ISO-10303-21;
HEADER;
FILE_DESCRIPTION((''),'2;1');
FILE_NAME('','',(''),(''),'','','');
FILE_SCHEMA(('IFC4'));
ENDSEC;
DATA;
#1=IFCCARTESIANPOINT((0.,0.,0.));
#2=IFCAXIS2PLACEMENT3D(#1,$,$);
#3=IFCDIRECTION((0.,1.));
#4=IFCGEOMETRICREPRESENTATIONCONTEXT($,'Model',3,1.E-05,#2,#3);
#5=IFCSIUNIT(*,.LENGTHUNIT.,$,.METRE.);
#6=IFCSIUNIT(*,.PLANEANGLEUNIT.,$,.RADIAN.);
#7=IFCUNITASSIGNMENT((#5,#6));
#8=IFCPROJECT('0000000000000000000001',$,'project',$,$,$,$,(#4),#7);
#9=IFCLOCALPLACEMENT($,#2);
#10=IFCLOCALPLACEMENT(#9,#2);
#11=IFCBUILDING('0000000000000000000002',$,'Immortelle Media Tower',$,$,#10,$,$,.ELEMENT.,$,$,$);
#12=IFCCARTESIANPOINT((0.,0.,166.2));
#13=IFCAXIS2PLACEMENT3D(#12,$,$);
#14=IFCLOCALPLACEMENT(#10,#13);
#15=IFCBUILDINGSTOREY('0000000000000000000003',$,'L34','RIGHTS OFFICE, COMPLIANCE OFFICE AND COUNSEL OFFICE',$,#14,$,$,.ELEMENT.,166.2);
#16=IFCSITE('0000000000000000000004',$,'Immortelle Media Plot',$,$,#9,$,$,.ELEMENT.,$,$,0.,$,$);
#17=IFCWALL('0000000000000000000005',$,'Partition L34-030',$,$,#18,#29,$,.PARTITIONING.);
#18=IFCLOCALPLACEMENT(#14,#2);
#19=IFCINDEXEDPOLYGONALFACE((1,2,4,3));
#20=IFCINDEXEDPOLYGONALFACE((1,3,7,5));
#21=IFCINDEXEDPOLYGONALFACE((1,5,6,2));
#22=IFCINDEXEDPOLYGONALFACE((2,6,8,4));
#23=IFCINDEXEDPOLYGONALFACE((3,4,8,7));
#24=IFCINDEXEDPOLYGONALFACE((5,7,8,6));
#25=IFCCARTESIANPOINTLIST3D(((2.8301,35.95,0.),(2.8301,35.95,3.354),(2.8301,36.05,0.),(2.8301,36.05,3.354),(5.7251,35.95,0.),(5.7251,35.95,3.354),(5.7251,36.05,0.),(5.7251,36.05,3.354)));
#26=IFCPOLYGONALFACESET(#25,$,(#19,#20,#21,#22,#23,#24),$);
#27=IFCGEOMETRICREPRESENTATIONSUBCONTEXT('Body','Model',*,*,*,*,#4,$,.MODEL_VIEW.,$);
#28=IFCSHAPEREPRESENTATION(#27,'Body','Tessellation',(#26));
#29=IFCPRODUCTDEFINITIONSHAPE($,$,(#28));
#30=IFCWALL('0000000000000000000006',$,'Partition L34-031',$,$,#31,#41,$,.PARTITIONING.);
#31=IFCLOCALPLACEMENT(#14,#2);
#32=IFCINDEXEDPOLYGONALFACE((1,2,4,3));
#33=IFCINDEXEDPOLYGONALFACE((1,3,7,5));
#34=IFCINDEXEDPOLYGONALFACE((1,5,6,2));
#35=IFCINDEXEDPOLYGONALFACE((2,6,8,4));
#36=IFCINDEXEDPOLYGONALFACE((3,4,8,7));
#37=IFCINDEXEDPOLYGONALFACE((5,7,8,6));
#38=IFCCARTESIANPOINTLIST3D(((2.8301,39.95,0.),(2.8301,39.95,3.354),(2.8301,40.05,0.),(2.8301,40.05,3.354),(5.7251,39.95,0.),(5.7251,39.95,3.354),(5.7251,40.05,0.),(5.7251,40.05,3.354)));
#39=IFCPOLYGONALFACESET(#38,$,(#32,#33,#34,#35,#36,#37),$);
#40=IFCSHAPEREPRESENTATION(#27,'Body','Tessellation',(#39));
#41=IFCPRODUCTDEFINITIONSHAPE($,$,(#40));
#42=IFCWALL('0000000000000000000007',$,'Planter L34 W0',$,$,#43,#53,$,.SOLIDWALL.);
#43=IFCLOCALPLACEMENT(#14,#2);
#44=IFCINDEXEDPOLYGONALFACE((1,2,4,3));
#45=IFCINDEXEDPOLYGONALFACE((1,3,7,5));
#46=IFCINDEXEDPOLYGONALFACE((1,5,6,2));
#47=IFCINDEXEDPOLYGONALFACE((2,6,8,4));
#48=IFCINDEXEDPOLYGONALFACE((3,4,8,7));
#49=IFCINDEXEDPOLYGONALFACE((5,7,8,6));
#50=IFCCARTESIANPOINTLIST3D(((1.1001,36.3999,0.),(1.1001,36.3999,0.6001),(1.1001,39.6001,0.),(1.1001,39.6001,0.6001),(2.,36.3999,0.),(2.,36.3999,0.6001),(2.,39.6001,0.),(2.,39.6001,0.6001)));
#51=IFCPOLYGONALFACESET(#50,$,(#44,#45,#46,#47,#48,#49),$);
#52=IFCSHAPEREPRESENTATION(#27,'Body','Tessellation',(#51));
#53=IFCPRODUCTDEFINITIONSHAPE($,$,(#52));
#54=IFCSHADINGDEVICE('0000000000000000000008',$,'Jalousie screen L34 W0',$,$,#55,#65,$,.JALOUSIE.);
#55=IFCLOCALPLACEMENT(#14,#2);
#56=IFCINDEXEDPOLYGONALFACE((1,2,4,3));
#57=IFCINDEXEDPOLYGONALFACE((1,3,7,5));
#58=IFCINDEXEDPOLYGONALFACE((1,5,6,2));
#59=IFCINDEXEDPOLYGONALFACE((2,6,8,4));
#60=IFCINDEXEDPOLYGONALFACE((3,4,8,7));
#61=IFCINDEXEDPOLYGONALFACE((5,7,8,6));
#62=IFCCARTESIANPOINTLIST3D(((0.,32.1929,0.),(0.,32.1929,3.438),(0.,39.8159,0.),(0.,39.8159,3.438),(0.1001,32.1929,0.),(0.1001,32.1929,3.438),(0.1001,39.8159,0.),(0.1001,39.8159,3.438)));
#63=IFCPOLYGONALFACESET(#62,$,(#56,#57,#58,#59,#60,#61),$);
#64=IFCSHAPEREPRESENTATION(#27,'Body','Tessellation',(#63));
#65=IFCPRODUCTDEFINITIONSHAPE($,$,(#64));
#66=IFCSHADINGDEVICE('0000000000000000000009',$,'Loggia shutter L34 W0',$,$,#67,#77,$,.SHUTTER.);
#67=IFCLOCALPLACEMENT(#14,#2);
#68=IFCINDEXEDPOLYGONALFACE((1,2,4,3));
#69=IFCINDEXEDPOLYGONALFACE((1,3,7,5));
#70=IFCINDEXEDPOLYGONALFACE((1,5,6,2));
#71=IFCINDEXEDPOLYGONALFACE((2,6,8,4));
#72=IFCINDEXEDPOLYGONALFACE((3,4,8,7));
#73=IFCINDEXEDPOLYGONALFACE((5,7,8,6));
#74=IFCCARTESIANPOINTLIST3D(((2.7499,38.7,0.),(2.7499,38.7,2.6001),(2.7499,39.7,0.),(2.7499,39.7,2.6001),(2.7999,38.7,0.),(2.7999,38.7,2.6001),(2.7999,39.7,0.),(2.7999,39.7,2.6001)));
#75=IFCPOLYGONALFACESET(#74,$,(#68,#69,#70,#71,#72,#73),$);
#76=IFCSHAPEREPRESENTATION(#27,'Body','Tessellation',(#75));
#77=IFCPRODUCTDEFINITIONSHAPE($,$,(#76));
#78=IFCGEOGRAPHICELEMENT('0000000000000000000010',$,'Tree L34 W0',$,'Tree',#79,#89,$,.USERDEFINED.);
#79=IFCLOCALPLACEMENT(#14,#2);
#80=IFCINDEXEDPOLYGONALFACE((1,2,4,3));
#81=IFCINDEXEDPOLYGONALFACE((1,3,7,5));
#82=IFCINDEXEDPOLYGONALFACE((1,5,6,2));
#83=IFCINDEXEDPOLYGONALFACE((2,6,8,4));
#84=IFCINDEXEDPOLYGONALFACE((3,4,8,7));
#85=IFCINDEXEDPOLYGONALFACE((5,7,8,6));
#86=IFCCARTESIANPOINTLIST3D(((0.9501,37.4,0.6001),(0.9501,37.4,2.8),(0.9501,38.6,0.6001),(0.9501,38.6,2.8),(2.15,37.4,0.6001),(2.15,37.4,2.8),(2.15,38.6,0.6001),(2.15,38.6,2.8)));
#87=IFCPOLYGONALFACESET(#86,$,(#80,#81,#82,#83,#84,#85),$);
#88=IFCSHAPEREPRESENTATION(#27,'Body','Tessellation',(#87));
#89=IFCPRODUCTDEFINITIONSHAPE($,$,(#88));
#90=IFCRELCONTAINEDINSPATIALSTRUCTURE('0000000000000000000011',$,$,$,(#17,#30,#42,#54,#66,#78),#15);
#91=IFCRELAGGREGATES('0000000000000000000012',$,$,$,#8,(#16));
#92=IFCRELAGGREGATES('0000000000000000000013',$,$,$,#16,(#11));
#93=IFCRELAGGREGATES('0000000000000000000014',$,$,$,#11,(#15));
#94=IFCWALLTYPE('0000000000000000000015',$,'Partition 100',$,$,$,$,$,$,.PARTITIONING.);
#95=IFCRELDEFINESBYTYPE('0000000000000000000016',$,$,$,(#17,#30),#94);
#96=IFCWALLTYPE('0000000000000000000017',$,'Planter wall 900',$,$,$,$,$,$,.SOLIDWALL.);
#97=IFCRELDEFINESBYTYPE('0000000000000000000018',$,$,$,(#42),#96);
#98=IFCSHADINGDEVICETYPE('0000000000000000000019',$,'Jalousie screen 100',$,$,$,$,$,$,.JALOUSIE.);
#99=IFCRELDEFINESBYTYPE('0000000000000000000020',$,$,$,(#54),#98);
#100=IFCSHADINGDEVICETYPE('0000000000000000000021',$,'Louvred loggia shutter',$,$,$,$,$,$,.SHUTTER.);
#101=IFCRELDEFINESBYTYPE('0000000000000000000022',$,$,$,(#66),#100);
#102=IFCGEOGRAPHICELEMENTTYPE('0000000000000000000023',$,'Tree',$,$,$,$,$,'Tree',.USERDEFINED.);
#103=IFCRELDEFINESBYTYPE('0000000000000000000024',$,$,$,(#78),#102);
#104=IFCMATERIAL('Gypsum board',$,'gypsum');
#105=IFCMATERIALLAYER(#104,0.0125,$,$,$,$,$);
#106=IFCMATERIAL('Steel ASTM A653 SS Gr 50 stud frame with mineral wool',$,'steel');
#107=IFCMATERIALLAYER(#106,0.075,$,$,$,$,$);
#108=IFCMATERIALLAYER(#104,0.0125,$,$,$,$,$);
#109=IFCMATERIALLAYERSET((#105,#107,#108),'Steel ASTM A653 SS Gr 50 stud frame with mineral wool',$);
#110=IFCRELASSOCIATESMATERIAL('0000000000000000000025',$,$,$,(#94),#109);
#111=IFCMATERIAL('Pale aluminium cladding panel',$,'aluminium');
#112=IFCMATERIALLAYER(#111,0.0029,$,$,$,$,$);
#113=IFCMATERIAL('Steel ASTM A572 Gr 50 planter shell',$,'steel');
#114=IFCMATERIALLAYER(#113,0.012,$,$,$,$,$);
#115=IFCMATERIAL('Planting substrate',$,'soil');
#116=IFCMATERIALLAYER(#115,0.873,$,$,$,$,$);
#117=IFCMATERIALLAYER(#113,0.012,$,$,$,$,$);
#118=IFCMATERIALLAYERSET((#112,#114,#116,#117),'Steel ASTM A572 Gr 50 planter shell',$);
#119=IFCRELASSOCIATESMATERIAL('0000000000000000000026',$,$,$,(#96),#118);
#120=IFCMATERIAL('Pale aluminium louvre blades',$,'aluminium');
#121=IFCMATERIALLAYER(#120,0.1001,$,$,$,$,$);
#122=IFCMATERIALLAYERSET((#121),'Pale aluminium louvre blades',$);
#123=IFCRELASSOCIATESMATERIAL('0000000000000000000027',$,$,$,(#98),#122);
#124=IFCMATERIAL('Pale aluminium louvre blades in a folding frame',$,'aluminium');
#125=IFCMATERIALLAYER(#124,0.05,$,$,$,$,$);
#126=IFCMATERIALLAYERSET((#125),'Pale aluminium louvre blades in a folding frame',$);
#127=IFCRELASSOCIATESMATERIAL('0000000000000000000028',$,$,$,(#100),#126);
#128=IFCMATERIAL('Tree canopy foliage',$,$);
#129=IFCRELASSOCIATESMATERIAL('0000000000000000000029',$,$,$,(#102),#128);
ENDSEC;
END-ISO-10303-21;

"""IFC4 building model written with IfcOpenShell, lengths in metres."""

from ifc_helpers import new_model, si_unit, direction, frame, frame_2d, origin, origin_2d, place, context, subcontext, project, spatial, rectangle, extrude, material, layer, layer_set, type_object, element, save


model = new_model("IFC4")

# Units and contexts
model_context = context("Model", 3, precision=1e-05, world=origin(), true_north=direction((0.0, 1.0)))
body_context = subcontext(model_context, "Body", "Model", "MODEL_VIEW")
ifc_project = project(units=[si_unit("LENGTHUNIT", "METRE"), si_unit("PLANEANGLEUNIT", "RADIAN")], contexts=[model_context])

# Site, building, storey
site_placement = place(None, origin())
site = spatial("IfcSite", under=ifc_project, at=site_placement, Name="Immortelle Media Plot", CompositionType="ELEMENT", RefElevation=0.0)
building_placement = place(site_placement, origin())
building = spatial("IfcBuilding", under=site, at=building_placement, Name="Immortelle Media Tower", CompositionType="ELEMENT")
storey_placement = place(building_placement, frame((0.0, 0.0, 166.2)))
storey = spatial("IfcBuildingStorey", under=building, at=storey_placement, Name="L34", Description="RIGHTS OFFICE, COMPLIANCE OFFICE AND COUNSEL OFFICE", CompositionType="ELEMENT", Elevation=166.2)

# Shared definitions
ifc_material_1 = material(Name="Steel ASTM A653 SS Gr 50 stud frame with mineral wool", Category="steel")

# Shared definitions
ifc_material_2 = material(Name="Pale aluminium cladding panel", Category="aluminium")

# Walls
ifc_material_3 = material(Name="Gypsum board", Category="gypsum")
ifc_layer_1 = layer(ifc_material_3, 0.0125)
ifc_layer_2 = layer(ifc_material_1, 0.075)
ifc_layer_3 = layer(ifc_material_3, 0.0125)
ifc_layer_set_1 = layer_set([ifc_layer_1, ifc_layer_2, ifc_layer_3], Name="Steel ASTM A653 SS Gr 50 stud frame with mineral wool")
wall_type_1 = type_object("IfcWallType", Name="Partition 100", PredefinedType="PARTITIONING", material=ifc_layer_set_1)
for number, where, z_axis, x_axis, name in (
    (1, (2.8301, 36.0, 0.0), (0.0, 0.0, 1.0), (1.0, 0.0, 0.0), "Partition L34-030"),
    (2, (2.8301, 40.0, 0.0), (0.0, 0.0, 1.0), (1.0, 0.0, 0.0), "Partition L34-031"),
):
    element("IfcWall", number, at=place(storey_placement, frame(where, z_axis=z_axis, x_axis=x_axis)), inside=storey, type_object=wall_type_1, Name=name, PredefinedType="PARTITIONING", context=body_context, shape_type="SweptSolid", body=[
        extrude(rectangle(XDim=2.895, YDim=0.1001, at=frame_2d((1.4475, 0.0))), origin(), (0.0, 0.0, 1.0), 3.354),
    ])
ifc_layer_4 = layer(ifc_material_2, 0.0029)
ifc_material_4 = material(Name="Steel ASTM A572 Gr 50 planter shell", Category="steel")
ifc_layer_5 = layer(ifc_material_4, 0.012)
ifc_material_5 = material(Name="Planting substrate", Category="soil")
ifc_layer_6 = layer(ifc_material_5, 0.873)
ifc_layer_7 = layer(ifc_material_4, 0.012)
ifc_layer_set_2 = layer_set([ifc_layer_4, ifc_layer_5, ifc_layer_6, ifc_layer_7], Name="Steel ASTM A572 Gr 50 planter shell")
wall_type_2 = type_object("IfcWallType", Name="Planter wall 900", PredefinedType="SOLIDWALL", material=ifc_layer_set_2)
wall_1_placement = place(storey_placement, frame((1.55, 39.6001, 0.0), z_axis=(0.0, 0.0, 1.0), x_axis=(0.0, -1.0, 0.0)))
element("IfcWall", 3, at=wall_1_placement, inside=storey, type_object=wall_type_2, Name="Planter L34 W0", PredefinedType="SOLIDWALL", context=body_context, shape_type="SweptSolid", body=[
    extrude(rectangle(XDim=3.2002, YDim=0.8999, at=frame_2d((1.6001, 0.0))), origin(), (0.0, 0.0, 1.0), 0.6001),
])

# Shading devices
ifc_material_6 = material(Name="Pale aluminium louvre blades", Category="aluminium")
ifc_layer_8 = layer(ifc_material_6, 0.1001)
ifc_layer_set_3 = layer_set([ifc_layer_8], Name="Pale aluminium louvre blades")
shading_device_type_1 = type_object("IfcShadingDeviceType", Name="Jalousie screen 100", PredefinedType="JALOUSIE", material=ifc_layer_set_3)
shading_device_1_placement = place(storey_placement, frame((0.05, 36.0044, 0.0), z_axis=(0.0, 0.0, 1.0), x_axis=(0.0, -1.0, 0.0)))
element("IfcShadingDevice", 4, at=shading_device_1_placement, inside=storey, type_object=shading_device_type_1, Name="Jalousie screen L34 W0", PredefinedType="JALOUSIE", context=body_context, shape_type="SweptSolid", body=[
    extrude(rectangle(XDim=7.623, YDim=0.1001, at=origin_2d()), origin(), (0.0, 0.0, 1.0), 3.438),
])
ifc_material_7 = material(Name="Pale aluminium louvre blades in a folding frame", Category="aluminium")
ifc_layer_9 = layer(ifc_material_7, 0.05)
ifc_layer_set_4 = layer_set([ifc_layer_9], Name="Pale aluminium louvre blades in a folding frame")
shading_device_type_2 = type_object("IfcShadingDeviceType", Name="Louvred loggia shutter", PredefinedType="SHUTTER", material=ifc_layer_set_4)
shading_device_2_placement = place(storey_placement, frame((2.7749, 39.2, 0.0), z_axis=(0.0, 0.0, 1.0), x_axis=(0.0, -1.0, 0.0)))
element("IfcShadingDevice", 5, at=shading_device_2_placement, inside=storey, type_object=shading_device_type_2, Name="Loggia shutter L34 W0", PredefinedType="SHUTTER", context=body_context, shape_type="SweptSolid", body=[
    extrude(rectangle(XDim=1.0, YDim=0.05, at=origin_2d()), origin(), (0.0, 0.0, 1.0), 2.6001),
])

# Geographic element
ifc_material_8 = material(Name="Tree canopy foliage")
geographic_element_type = type_object("IfcGeographicElementType", Name="Tree", ElementType="Tree", PredefinedType="USERDEFINED", material=ifc_material_8)
geographic_element_placement = place(storey_placement, frame((1.55, 38.0, 0.6001), z_axis=(0.0, 0.0, 1.0), x_axis=(1.0, 0.0, 0.0)))
element("IfcGeographicElement", 6, at=geographic_element_placement, inside=storey, type_object=geographic_element_type, Name="Tree L34 W0", ObjectType="Tree", PredefinedType="USERDEFINED", context=body_context, shape_type="SweptSolid", body=[
    extrude(rectangle(XDim=1.2, YDim=1.2, at=origin_2d()), origin(), (0.0, 0.0, 1.0), 2.2),
])

save(model, "model.ifc")
